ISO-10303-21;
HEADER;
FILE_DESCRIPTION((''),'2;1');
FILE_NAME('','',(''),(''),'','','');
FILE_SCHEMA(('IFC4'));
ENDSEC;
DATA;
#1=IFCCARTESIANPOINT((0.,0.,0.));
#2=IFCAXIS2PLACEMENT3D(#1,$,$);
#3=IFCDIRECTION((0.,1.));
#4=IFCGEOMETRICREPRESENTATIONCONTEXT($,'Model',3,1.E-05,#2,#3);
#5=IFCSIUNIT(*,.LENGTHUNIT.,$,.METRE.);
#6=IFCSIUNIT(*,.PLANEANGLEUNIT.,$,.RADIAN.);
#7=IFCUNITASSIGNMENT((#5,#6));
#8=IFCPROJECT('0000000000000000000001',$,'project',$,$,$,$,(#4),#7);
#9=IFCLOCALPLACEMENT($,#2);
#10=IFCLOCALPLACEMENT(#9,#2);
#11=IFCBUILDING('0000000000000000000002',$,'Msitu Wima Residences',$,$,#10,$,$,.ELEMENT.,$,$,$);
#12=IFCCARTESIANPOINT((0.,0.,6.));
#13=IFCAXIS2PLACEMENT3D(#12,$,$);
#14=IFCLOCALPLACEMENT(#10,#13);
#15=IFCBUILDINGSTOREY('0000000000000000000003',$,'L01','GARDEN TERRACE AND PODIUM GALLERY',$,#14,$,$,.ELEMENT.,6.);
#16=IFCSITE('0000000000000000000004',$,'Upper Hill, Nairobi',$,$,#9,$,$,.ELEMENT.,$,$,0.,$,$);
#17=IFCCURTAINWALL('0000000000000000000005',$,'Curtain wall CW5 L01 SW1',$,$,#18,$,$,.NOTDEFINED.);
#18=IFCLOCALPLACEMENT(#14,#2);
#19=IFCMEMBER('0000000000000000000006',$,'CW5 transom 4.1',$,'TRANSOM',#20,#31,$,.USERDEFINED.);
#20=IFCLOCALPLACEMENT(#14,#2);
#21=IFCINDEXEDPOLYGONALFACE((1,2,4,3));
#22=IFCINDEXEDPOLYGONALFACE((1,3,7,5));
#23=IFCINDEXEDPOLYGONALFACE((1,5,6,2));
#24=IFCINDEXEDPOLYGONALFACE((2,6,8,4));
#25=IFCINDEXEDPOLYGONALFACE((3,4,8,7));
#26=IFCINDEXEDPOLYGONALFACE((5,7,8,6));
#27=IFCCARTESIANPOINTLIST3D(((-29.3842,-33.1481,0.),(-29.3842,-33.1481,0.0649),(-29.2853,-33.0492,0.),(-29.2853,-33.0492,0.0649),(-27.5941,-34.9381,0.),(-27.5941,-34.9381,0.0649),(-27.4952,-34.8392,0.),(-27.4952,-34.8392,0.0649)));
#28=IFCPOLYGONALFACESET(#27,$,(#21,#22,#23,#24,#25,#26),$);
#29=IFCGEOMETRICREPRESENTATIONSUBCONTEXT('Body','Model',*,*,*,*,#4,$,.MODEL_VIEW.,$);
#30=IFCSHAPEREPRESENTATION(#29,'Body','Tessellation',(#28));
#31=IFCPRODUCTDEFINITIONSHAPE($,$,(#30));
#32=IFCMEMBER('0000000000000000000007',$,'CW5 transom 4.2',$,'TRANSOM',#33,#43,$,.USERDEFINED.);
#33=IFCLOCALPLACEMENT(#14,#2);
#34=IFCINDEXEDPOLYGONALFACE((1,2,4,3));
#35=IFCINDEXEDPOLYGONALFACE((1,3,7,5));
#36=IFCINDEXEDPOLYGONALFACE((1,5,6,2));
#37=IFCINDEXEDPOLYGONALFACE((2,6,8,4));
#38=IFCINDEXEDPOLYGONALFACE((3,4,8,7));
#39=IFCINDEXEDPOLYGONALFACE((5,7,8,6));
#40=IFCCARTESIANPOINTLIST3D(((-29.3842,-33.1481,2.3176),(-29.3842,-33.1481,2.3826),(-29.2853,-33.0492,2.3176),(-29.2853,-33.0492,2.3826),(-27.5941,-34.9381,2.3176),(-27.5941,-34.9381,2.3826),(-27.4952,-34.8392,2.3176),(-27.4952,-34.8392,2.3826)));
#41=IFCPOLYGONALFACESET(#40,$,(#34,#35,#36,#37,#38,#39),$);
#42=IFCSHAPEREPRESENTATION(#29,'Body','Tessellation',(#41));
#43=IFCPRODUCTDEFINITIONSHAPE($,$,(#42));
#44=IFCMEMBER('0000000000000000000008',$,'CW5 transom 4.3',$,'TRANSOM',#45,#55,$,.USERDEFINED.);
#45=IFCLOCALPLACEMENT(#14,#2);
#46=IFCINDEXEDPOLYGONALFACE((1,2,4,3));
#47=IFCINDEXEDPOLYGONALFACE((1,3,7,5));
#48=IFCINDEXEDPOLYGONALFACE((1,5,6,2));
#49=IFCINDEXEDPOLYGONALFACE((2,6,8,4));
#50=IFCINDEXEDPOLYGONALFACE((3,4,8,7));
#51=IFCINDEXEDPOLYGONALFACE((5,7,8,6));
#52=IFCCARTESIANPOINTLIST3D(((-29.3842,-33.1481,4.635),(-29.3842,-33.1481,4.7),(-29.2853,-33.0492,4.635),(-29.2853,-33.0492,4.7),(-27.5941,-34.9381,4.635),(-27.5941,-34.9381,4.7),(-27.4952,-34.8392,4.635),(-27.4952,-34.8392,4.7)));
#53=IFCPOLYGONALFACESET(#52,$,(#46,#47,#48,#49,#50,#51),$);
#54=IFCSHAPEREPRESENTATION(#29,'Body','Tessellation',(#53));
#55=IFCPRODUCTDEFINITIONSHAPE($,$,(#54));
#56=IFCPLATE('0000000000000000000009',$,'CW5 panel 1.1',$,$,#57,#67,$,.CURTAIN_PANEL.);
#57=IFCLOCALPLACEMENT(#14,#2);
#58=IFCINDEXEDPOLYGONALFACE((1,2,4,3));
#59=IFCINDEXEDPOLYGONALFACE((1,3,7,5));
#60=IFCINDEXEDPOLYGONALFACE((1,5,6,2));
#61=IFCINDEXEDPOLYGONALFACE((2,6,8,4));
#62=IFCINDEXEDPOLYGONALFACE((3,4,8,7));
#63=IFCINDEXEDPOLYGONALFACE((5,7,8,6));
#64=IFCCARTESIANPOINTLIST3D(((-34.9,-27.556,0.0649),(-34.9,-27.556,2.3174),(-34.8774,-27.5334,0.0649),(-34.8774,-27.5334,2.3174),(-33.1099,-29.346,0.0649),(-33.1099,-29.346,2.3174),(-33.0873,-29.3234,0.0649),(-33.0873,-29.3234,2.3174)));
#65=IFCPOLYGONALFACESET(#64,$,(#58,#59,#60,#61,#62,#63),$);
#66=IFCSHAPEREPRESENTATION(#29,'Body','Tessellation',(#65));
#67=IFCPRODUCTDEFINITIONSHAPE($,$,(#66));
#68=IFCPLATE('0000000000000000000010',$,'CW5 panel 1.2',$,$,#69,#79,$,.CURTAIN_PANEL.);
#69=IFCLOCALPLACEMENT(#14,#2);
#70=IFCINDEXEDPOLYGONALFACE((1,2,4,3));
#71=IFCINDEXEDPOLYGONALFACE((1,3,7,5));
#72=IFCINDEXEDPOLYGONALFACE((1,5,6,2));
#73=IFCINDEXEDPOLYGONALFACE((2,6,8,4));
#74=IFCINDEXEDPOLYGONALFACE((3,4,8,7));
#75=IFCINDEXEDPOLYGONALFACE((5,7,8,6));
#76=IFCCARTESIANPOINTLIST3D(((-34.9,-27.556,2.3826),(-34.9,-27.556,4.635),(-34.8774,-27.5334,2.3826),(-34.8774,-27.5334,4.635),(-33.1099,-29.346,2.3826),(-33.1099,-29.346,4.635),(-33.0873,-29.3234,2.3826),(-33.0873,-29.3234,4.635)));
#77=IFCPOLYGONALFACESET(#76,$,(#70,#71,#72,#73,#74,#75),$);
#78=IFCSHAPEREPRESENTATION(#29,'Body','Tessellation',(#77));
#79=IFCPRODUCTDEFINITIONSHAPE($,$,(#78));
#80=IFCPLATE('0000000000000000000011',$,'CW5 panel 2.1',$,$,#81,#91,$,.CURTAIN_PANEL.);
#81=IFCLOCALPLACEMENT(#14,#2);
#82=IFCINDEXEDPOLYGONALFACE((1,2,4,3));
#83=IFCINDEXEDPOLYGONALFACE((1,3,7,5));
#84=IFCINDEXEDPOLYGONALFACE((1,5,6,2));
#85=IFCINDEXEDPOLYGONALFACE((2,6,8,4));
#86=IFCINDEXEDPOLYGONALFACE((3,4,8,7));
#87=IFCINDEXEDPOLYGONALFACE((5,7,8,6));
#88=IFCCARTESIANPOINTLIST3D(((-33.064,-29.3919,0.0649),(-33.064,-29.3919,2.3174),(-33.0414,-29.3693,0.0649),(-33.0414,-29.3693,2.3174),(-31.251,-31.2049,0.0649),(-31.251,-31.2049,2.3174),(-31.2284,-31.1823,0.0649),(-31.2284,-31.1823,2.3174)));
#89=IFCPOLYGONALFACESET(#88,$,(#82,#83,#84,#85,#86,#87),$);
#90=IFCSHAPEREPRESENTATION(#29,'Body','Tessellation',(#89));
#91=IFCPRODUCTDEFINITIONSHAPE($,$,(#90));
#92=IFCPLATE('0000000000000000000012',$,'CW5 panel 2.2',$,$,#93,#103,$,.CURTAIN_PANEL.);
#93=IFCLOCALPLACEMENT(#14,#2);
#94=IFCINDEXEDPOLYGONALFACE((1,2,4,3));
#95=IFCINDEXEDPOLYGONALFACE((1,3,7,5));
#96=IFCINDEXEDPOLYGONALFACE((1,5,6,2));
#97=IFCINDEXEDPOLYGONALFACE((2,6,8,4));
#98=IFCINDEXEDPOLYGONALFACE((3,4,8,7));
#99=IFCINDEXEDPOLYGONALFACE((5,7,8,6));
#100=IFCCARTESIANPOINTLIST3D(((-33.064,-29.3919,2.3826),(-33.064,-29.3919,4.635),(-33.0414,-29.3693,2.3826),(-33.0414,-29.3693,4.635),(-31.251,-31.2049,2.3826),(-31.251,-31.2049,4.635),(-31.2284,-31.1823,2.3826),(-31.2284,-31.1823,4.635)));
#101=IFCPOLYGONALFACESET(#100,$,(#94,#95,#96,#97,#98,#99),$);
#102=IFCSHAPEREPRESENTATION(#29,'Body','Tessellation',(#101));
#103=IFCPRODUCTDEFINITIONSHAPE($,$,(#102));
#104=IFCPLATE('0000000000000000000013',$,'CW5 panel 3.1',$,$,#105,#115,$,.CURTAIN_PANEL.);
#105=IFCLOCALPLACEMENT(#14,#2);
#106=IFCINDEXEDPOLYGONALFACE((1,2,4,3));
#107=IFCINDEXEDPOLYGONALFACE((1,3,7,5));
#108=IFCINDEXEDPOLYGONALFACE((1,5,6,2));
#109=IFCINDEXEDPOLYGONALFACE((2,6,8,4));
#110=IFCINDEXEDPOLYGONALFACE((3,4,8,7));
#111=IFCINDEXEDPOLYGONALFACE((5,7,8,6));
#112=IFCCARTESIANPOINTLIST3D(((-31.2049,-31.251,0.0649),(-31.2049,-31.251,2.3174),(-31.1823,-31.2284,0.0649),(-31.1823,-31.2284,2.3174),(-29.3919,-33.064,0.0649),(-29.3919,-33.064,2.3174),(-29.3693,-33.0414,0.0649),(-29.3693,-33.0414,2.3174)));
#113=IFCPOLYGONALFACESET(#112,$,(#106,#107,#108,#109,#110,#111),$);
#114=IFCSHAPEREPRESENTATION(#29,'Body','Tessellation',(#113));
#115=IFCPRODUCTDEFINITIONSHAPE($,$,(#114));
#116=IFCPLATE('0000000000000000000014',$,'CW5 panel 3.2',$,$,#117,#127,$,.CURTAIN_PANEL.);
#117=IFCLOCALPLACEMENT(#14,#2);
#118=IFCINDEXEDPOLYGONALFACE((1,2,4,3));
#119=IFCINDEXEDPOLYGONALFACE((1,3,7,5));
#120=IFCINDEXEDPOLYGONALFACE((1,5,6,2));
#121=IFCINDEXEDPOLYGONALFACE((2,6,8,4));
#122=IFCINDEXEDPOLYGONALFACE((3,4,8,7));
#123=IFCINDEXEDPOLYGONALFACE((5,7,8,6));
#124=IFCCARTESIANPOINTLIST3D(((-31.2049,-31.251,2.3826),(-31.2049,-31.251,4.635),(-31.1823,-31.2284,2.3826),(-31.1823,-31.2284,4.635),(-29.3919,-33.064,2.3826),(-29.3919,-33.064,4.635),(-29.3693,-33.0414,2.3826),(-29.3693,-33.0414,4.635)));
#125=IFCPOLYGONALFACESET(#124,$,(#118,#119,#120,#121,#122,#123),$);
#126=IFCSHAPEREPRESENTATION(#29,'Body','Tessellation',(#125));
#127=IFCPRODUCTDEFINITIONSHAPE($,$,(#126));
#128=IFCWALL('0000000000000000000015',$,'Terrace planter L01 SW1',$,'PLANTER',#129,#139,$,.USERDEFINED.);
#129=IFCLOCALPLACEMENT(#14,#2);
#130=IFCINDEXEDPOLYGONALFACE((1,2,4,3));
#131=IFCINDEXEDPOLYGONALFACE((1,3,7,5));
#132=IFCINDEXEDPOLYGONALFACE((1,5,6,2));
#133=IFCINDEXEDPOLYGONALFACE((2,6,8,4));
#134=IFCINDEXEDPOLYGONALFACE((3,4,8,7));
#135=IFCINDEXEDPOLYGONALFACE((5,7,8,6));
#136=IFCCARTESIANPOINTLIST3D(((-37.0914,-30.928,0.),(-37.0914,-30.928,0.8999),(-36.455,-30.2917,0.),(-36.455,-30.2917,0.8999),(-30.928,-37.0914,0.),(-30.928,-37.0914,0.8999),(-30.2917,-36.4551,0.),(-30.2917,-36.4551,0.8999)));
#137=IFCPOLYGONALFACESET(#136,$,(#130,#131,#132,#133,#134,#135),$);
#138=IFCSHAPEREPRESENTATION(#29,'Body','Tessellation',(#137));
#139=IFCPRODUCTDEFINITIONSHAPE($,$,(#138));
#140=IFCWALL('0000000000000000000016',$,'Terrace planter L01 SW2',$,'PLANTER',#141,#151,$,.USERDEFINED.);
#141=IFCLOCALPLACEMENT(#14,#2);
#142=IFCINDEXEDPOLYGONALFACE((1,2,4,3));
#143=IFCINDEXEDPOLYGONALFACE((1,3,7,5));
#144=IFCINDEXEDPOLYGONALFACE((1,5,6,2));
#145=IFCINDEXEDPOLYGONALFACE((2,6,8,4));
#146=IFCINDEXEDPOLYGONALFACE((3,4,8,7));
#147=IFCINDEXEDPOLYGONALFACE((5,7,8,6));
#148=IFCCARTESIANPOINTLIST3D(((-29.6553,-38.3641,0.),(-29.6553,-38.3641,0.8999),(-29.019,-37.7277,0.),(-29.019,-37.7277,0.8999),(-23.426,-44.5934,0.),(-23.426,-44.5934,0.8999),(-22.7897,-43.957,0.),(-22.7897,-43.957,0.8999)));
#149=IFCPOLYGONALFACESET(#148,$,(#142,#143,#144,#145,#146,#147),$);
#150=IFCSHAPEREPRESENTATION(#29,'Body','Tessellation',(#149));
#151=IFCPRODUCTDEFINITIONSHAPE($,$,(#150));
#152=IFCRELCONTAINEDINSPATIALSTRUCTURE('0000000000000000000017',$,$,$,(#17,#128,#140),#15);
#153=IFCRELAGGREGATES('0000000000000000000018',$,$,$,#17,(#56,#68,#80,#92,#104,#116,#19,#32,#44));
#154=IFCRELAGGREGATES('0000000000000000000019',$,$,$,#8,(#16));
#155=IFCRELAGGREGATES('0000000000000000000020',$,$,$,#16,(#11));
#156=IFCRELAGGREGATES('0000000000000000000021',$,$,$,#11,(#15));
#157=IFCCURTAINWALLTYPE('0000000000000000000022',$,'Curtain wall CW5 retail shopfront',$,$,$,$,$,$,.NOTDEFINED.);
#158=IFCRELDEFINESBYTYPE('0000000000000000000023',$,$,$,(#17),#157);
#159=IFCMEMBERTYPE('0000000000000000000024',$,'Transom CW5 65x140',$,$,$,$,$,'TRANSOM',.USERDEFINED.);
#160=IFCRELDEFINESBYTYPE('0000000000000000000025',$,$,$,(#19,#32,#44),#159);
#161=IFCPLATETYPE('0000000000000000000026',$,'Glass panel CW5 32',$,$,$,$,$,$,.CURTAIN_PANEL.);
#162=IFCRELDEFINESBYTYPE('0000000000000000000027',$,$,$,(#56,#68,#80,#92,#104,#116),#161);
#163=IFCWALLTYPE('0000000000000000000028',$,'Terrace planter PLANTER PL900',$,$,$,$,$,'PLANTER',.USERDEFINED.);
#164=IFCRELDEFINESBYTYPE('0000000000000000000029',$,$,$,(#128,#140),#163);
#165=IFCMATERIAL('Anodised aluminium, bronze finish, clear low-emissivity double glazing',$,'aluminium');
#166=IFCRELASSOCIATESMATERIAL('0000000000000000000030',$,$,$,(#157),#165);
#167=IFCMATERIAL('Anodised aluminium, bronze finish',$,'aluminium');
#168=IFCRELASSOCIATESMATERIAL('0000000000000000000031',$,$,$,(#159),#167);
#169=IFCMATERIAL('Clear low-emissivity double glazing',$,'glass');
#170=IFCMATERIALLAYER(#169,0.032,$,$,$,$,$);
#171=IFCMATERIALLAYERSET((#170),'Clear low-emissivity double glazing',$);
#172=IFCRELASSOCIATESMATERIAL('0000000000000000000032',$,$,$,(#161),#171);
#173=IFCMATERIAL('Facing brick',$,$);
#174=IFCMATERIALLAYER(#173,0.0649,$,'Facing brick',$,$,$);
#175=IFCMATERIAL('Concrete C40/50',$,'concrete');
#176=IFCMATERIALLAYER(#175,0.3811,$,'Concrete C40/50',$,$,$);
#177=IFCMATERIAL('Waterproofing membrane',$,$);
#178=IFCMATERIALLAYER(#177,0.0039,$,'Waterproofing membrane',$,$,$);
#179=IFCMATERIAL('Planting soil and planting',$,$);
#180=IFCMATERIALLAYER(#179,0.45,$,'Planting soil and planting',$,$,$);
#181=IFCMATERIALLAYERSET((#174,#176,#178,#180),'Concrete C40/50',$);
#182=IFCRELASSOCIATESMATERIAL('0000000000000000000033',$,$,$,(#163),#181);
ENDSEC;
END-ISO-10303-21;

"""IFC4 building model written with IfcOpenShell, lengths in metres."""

from ifc_helpers import new_model, si_unit, direction, frame, frame_2d, origin, origin_2d, place, context, subcontext, project, spatial, rectangle, extrude, material, layer, layer_set, material_profile, profile_set, type_object, element, aggregate, save


model = new_model("IFC4")

# Units and contexts
model_context = context("Model", 3, precision=1e-05, world=origin(), true_north=direction((0.0, 1.0)))
body_context = subcontext(model_context, "Body", "Model", "MODEL_VIEW")
ifc_project = project(units=[si_unit("LENGTHUNIT", "METRE"), si_unit("PLANEANGLEUNIT", "RADIAN")], contexts=[model_context])

# Site, building, storey
site_placement = place(None, origin())
site = spatial("IfcSite", under=ifc_project, at=site_placement, Name="Upper Hill, Nairobi", CompositionType="ELEMENT", RefElevation=0.0)
building_placement = place(site_placement, origin())
building = spatial("IfcBuilding", under=site, at=building_placement, Name="Msitu Wima Residences", CompositionType="ELEMENT")
storey_placement = place(building_placement, frame((0.0, 0.0, 6.0)))
storey = spatial("IfcBuildingStorey", under=building, at=storey_placement, Name="L01", Description="GARDEN TERRACE AND PODIUM GALLERY", CompositionType="ELEMENT", Elevation=6.0)

# Curtain wall
ifc_material_1 = material(Name="Anodised aluminium, bronze finish, clear low-emissivity double glazing", Category="aluminium")
curtain_wall_type = type_object("IfcCurtainWallType", Name="Curtain wall CW5 retail shopfront", PredefinedType="NOTDEFINED", material=ifc_material_1)
curtain_wall_placement = place(storey_placement, origin())
curtain_wall = element("IfcCurtainWall", 1, at=curtain_wall_placement, inside=storey, type_object=curtain_wall_type, Name="Curtain wall CW5 L01 SW1", PredefinedType="NOTDEFINED")
ifc_material_2 = material(Name="Anodised aluminium, bronze finish", Category="aluminium")

# Members
ifc_material_profile_1 = material_profile(ifc_material_2, rectangle(XDim=0.1399, YDim=0.0649, at=origin_2d()), Name="Transom 65x140")
ifc_profile_set_1 = profile_set([ifc_material_profile_1], Name="Anodised aluminium, bronze finish")
member_type_1 = type_object("IfcMemberType", Name="Transom CW5 65x140", ElementType="TRANSOM", PredefinedType="USERDEFINED", material=ifc_profile_set_1)
member_1_placement = place(storey_placement, frame((-29.3347, -33.0986, 0.0325), z_axis=(0.707107, -0.707107, 0.0), x_axis=(0.707107, 0.707107, 0.0)))
member_1 = element("IfcMember", 2, at=member_1_placement, type_object=member_type_1, Name="CW5 transom 4.1", ObjectType="TRANSOM", PredefinedType="USERDEFINED", context=body_context, shape_type="SweptSolid", body=[
    extrude(rectangle(XDim=0.1399, YDim=0.0649, at=origin_2d()), origin(), (0.0, 0.0, 1.0), 2.5315),
])
member_2_placement = place(storey_placement, frame((-29.3347, -33.0986, 2.3501), z_axis=(0.707107, -0.707107, 0.0), x_axis=(0.707107, 0.707107, 0.0)))
member_2 = element("IfcMember", 3, at=member_2_placement, type_object=member_type_1, Name="CW5 transom 4.2", ObjectType="TRANSOM", PredefinedType="USERDEFINED", context=body_context, shape_type="SweptSolid", body=[
    extrude(rectangle(XDim=0.1399, YDim=0.0649, at=origin_2d()), origin(), (0.0, 0.0, 1.0), 2.5315),
])
member_3_placement = place(storey_placement, frame((-29.3347, -33.0986, 4.6675), z_axis=(0.707107, -0.707107, 0.0), x_axis=(0.707107, 0.707107, 0.0)))
member_3 = element("IfcMember", 4, at=member_3_placement, type_object=member_type_1, Name="CW5 transom 4.3", ObjectType="TRANSOM", PredefinedType="USERDEFINED", context=body_context, shape_type="SweptSolid", body=[
    extrude(rectangle(XDim=0.1399, YDim=0.0649, at=origin_2d()), origin(), (0.0, 0.0, 1.0), 2.5315),
])

# Plates
ifc_material_3 = material(Name="Clear low-emissivity double glazing", Category="glass")
ifc_layer_1 = layer(ifc_material_3, 0.032)
ifc_layer_set_1 = layer_set([ifc_layer_1], Name="Clear low-emissivity double glazing")
plate_type = type_object("IfcPlateType", Name="Glass panel CW5 32", PredefinedType="CURTAIN_PANEL", material=ifc_layer_set_1)
plate_1_placement = place(storey_placement, frame((-33.9937, -28.4397, 0.0649), z_axis=(0.0, 0.0, 1.0), x_axis=(0.707107, -0.707107, 0.0)))
plate_1 = element("IfcPlate", 5, at=plate_1_placement, type_object=plate_type, Name="CW5 panel 1.1", PredefinedType="CURTAIN_PANEL", context=body_context, shape_type="SweptSolid", body=[
    extrude(rectangle(XDim=2.5315, YDim=0.032, at=origin_2d()), origin(), (0.0, 0.0, 1.0), 2.2524),
])
plate_2_placement = place(storey_placement, frame((-33.9937, -28.4397, 2.3826), z_axis=(0.0, 0.0, 1.0), x_axis=(0.707107, -0.707107, 0.0)))
plate_2 = element("IfcPlate", 6, at=plate_2_placement, type_object=plate_type, Name="CW5 panel 1.2", PredefinedType="CURTAIN_PANEL", context=body_context, shape_type="SweptSolid", body=[
    extrude(rectangle(XDim=2.5315, YDim=0.032, at=origin_2d()), origin(), (0.0, 0.0, 1.0), 2.2524),
])
plate_3_placement = place(storey_placement, frame((-32.1462, -30.2871, 0.0649), z_axis=(0.0, 0.0, 1.0), x_axis=(0.707107, -0.707107, 0.0)))
plate_3 = element("IfcPlate", 7, at=plate_3_placement, type_object=plate_type, Name="CW5 panel 2.1", PredefinedType="CURTAIN_PANEL", context=body_context, shape_type="SweptSolid", body=[
    extrude(rectangle(XDim=2.564, YDim=0.032, at=origin_2d()), origin(), (0.0, 0.0, 1.0), 2.2524),
])
plate_4_placement = place(storey_placement, frame((-32.1462, -30.2871, 2.3826), z_axis=(0.0, 0.0, 1.0), x_axis=(0.707107, -0.707107, 0.0)))
plate_4 = element("IfcPlate", 8, at=plate_4_placement, type_object=plate_type, Name="CW5 panel 2.2", PredefinedType="CURTAIN_PANEL", context=body_context, shape_type="SweptSolid", body=[
    extrude(rectangle(XDim=2.564, YDim=0.032, at=origin_2d()), origin(), (0.0, 0.0, 1.0), 2.2524),
])
plate_5_placement = place(storey_placement, frame((-30.2871, -32.1462, 0.0649), z_axis=(0.0, 0.0, 1.0), x_axis=(0.707107, -0.707107, 0.0)))
plate_5 = element("IfcPlate", 9, at=plate_5_placement, type_object=plate_type, Name="CW5 panel 3.1", PredefinedType="CURTAIN_PANEL", context=body_context, shape_type="SweptSolid", body=[
    extrude(rectangle(XDim=2.564, YDim=0.032, at=origin_2d()), origin(), (0.0, 0.0, 1.0), 2.2524),
])
plate_6_placement = place(storey_placement, frame((-30.2871, -32.1462, 2.3826), z_axis=(0.0, 0.0, 1.0), x_axis=(0.707107, -0.707107, 0.0)))
plate_6 = element("IfcPlate", 10, at=plate_6_placement, type_object=plate_type, Name="CW5 panel 3.2", PredefinedType="CURTAIN_PANEL", context=body_context, shape_type="SweptSolid", body=[
    extrude(rectangle(XDim=2.564, YDim=0.032, at=origin_2d()), origin(), (0.0, 0.0, 1.0), 2.2524),
])
aggregate(curtain_wall, [plate_1, plate_2, plate_3, plate_4, plate_5, plate_6, member_1, member_2, member_3])

# Walls
ifc_material_4 = material(Name="Facing brick")
ifc_layer_2 = layer(ifc_material_4, 0.0649, Name="Facing brick")
ifc_material_5 = material(Name="Concrete C40/50", Category="concrete")
ifc_layer_3 = layer(ifc_material_5, 0.3811, Name="Concrete C40/50")
ifc_material_6 = material(Name="Waterproofing membrane")
ifc_layer_4 = layer(ifc_material_6, 0.0039, Name="Waterproofing membrane")
ifc_material_7 = material(Name="Planting soil and planting")
ifc_layer_5 = layer(ifc_material_7, 0.45, Name="Planting soil and planting")
ifc_layer_set_2 = layer_set([ifc_layer_2, ifc_layer_3, ifc_layer_4, ifc_layer_5], Name="Concrete C40/50")
wall_type = type_object("IfcWallType", Name="Terrace planter PLANTER PL900", ElementType="PLANTER", PredefinedType="USERDEFINED", material=ifc_layer_set_2)
wall_1_placement = place(storey_placement, frame((-36.7732, -30.6099, 0.0), z_axis=(0.0, 0.0, 1.0), x_axis=(0.707107, -0.707107, 0.0)))
element("IfcWall", 11, at=wall_1_placement, inside=storey, type_object=wall_type, Name="Terrace planter L01 SW1", ObjectType="PLANTER", PredefinedType="USERDEFINED", context=body_context, shape_type="SweptSolid", body=[
    extrude(rectangle(XDim=8.7163, YDim=0.8999, at=frame_2d((4.3582, 0.0))), origin(), (0.0, 0.0, 1.0), 0.8999),
])
wall_2_placement = place(storey_placement, frame((-29.3372, -38.0459, 0.0), z_axis=(0.0, 0.0, 1.0), x_axis=(0.707107, -0.707107, 0.0)))
element("IfcWall", 12, at=wall_2_placement, inside=storey, type_object=wall_type, Name="Terrace planter L01 SW2", ObjectType="PLANTER", PredefinedType="USERDEFINED", context=body_context, shape_type="SweptSolid", body=[
    extrude(rectangle(XDim=8.8096, YDim=0.8999, at=frame_2d((4.4048, 0.0))), origin(), (0.0, 0.0, 1.0), 0.8999),
])

save(model, "model.ifc")
